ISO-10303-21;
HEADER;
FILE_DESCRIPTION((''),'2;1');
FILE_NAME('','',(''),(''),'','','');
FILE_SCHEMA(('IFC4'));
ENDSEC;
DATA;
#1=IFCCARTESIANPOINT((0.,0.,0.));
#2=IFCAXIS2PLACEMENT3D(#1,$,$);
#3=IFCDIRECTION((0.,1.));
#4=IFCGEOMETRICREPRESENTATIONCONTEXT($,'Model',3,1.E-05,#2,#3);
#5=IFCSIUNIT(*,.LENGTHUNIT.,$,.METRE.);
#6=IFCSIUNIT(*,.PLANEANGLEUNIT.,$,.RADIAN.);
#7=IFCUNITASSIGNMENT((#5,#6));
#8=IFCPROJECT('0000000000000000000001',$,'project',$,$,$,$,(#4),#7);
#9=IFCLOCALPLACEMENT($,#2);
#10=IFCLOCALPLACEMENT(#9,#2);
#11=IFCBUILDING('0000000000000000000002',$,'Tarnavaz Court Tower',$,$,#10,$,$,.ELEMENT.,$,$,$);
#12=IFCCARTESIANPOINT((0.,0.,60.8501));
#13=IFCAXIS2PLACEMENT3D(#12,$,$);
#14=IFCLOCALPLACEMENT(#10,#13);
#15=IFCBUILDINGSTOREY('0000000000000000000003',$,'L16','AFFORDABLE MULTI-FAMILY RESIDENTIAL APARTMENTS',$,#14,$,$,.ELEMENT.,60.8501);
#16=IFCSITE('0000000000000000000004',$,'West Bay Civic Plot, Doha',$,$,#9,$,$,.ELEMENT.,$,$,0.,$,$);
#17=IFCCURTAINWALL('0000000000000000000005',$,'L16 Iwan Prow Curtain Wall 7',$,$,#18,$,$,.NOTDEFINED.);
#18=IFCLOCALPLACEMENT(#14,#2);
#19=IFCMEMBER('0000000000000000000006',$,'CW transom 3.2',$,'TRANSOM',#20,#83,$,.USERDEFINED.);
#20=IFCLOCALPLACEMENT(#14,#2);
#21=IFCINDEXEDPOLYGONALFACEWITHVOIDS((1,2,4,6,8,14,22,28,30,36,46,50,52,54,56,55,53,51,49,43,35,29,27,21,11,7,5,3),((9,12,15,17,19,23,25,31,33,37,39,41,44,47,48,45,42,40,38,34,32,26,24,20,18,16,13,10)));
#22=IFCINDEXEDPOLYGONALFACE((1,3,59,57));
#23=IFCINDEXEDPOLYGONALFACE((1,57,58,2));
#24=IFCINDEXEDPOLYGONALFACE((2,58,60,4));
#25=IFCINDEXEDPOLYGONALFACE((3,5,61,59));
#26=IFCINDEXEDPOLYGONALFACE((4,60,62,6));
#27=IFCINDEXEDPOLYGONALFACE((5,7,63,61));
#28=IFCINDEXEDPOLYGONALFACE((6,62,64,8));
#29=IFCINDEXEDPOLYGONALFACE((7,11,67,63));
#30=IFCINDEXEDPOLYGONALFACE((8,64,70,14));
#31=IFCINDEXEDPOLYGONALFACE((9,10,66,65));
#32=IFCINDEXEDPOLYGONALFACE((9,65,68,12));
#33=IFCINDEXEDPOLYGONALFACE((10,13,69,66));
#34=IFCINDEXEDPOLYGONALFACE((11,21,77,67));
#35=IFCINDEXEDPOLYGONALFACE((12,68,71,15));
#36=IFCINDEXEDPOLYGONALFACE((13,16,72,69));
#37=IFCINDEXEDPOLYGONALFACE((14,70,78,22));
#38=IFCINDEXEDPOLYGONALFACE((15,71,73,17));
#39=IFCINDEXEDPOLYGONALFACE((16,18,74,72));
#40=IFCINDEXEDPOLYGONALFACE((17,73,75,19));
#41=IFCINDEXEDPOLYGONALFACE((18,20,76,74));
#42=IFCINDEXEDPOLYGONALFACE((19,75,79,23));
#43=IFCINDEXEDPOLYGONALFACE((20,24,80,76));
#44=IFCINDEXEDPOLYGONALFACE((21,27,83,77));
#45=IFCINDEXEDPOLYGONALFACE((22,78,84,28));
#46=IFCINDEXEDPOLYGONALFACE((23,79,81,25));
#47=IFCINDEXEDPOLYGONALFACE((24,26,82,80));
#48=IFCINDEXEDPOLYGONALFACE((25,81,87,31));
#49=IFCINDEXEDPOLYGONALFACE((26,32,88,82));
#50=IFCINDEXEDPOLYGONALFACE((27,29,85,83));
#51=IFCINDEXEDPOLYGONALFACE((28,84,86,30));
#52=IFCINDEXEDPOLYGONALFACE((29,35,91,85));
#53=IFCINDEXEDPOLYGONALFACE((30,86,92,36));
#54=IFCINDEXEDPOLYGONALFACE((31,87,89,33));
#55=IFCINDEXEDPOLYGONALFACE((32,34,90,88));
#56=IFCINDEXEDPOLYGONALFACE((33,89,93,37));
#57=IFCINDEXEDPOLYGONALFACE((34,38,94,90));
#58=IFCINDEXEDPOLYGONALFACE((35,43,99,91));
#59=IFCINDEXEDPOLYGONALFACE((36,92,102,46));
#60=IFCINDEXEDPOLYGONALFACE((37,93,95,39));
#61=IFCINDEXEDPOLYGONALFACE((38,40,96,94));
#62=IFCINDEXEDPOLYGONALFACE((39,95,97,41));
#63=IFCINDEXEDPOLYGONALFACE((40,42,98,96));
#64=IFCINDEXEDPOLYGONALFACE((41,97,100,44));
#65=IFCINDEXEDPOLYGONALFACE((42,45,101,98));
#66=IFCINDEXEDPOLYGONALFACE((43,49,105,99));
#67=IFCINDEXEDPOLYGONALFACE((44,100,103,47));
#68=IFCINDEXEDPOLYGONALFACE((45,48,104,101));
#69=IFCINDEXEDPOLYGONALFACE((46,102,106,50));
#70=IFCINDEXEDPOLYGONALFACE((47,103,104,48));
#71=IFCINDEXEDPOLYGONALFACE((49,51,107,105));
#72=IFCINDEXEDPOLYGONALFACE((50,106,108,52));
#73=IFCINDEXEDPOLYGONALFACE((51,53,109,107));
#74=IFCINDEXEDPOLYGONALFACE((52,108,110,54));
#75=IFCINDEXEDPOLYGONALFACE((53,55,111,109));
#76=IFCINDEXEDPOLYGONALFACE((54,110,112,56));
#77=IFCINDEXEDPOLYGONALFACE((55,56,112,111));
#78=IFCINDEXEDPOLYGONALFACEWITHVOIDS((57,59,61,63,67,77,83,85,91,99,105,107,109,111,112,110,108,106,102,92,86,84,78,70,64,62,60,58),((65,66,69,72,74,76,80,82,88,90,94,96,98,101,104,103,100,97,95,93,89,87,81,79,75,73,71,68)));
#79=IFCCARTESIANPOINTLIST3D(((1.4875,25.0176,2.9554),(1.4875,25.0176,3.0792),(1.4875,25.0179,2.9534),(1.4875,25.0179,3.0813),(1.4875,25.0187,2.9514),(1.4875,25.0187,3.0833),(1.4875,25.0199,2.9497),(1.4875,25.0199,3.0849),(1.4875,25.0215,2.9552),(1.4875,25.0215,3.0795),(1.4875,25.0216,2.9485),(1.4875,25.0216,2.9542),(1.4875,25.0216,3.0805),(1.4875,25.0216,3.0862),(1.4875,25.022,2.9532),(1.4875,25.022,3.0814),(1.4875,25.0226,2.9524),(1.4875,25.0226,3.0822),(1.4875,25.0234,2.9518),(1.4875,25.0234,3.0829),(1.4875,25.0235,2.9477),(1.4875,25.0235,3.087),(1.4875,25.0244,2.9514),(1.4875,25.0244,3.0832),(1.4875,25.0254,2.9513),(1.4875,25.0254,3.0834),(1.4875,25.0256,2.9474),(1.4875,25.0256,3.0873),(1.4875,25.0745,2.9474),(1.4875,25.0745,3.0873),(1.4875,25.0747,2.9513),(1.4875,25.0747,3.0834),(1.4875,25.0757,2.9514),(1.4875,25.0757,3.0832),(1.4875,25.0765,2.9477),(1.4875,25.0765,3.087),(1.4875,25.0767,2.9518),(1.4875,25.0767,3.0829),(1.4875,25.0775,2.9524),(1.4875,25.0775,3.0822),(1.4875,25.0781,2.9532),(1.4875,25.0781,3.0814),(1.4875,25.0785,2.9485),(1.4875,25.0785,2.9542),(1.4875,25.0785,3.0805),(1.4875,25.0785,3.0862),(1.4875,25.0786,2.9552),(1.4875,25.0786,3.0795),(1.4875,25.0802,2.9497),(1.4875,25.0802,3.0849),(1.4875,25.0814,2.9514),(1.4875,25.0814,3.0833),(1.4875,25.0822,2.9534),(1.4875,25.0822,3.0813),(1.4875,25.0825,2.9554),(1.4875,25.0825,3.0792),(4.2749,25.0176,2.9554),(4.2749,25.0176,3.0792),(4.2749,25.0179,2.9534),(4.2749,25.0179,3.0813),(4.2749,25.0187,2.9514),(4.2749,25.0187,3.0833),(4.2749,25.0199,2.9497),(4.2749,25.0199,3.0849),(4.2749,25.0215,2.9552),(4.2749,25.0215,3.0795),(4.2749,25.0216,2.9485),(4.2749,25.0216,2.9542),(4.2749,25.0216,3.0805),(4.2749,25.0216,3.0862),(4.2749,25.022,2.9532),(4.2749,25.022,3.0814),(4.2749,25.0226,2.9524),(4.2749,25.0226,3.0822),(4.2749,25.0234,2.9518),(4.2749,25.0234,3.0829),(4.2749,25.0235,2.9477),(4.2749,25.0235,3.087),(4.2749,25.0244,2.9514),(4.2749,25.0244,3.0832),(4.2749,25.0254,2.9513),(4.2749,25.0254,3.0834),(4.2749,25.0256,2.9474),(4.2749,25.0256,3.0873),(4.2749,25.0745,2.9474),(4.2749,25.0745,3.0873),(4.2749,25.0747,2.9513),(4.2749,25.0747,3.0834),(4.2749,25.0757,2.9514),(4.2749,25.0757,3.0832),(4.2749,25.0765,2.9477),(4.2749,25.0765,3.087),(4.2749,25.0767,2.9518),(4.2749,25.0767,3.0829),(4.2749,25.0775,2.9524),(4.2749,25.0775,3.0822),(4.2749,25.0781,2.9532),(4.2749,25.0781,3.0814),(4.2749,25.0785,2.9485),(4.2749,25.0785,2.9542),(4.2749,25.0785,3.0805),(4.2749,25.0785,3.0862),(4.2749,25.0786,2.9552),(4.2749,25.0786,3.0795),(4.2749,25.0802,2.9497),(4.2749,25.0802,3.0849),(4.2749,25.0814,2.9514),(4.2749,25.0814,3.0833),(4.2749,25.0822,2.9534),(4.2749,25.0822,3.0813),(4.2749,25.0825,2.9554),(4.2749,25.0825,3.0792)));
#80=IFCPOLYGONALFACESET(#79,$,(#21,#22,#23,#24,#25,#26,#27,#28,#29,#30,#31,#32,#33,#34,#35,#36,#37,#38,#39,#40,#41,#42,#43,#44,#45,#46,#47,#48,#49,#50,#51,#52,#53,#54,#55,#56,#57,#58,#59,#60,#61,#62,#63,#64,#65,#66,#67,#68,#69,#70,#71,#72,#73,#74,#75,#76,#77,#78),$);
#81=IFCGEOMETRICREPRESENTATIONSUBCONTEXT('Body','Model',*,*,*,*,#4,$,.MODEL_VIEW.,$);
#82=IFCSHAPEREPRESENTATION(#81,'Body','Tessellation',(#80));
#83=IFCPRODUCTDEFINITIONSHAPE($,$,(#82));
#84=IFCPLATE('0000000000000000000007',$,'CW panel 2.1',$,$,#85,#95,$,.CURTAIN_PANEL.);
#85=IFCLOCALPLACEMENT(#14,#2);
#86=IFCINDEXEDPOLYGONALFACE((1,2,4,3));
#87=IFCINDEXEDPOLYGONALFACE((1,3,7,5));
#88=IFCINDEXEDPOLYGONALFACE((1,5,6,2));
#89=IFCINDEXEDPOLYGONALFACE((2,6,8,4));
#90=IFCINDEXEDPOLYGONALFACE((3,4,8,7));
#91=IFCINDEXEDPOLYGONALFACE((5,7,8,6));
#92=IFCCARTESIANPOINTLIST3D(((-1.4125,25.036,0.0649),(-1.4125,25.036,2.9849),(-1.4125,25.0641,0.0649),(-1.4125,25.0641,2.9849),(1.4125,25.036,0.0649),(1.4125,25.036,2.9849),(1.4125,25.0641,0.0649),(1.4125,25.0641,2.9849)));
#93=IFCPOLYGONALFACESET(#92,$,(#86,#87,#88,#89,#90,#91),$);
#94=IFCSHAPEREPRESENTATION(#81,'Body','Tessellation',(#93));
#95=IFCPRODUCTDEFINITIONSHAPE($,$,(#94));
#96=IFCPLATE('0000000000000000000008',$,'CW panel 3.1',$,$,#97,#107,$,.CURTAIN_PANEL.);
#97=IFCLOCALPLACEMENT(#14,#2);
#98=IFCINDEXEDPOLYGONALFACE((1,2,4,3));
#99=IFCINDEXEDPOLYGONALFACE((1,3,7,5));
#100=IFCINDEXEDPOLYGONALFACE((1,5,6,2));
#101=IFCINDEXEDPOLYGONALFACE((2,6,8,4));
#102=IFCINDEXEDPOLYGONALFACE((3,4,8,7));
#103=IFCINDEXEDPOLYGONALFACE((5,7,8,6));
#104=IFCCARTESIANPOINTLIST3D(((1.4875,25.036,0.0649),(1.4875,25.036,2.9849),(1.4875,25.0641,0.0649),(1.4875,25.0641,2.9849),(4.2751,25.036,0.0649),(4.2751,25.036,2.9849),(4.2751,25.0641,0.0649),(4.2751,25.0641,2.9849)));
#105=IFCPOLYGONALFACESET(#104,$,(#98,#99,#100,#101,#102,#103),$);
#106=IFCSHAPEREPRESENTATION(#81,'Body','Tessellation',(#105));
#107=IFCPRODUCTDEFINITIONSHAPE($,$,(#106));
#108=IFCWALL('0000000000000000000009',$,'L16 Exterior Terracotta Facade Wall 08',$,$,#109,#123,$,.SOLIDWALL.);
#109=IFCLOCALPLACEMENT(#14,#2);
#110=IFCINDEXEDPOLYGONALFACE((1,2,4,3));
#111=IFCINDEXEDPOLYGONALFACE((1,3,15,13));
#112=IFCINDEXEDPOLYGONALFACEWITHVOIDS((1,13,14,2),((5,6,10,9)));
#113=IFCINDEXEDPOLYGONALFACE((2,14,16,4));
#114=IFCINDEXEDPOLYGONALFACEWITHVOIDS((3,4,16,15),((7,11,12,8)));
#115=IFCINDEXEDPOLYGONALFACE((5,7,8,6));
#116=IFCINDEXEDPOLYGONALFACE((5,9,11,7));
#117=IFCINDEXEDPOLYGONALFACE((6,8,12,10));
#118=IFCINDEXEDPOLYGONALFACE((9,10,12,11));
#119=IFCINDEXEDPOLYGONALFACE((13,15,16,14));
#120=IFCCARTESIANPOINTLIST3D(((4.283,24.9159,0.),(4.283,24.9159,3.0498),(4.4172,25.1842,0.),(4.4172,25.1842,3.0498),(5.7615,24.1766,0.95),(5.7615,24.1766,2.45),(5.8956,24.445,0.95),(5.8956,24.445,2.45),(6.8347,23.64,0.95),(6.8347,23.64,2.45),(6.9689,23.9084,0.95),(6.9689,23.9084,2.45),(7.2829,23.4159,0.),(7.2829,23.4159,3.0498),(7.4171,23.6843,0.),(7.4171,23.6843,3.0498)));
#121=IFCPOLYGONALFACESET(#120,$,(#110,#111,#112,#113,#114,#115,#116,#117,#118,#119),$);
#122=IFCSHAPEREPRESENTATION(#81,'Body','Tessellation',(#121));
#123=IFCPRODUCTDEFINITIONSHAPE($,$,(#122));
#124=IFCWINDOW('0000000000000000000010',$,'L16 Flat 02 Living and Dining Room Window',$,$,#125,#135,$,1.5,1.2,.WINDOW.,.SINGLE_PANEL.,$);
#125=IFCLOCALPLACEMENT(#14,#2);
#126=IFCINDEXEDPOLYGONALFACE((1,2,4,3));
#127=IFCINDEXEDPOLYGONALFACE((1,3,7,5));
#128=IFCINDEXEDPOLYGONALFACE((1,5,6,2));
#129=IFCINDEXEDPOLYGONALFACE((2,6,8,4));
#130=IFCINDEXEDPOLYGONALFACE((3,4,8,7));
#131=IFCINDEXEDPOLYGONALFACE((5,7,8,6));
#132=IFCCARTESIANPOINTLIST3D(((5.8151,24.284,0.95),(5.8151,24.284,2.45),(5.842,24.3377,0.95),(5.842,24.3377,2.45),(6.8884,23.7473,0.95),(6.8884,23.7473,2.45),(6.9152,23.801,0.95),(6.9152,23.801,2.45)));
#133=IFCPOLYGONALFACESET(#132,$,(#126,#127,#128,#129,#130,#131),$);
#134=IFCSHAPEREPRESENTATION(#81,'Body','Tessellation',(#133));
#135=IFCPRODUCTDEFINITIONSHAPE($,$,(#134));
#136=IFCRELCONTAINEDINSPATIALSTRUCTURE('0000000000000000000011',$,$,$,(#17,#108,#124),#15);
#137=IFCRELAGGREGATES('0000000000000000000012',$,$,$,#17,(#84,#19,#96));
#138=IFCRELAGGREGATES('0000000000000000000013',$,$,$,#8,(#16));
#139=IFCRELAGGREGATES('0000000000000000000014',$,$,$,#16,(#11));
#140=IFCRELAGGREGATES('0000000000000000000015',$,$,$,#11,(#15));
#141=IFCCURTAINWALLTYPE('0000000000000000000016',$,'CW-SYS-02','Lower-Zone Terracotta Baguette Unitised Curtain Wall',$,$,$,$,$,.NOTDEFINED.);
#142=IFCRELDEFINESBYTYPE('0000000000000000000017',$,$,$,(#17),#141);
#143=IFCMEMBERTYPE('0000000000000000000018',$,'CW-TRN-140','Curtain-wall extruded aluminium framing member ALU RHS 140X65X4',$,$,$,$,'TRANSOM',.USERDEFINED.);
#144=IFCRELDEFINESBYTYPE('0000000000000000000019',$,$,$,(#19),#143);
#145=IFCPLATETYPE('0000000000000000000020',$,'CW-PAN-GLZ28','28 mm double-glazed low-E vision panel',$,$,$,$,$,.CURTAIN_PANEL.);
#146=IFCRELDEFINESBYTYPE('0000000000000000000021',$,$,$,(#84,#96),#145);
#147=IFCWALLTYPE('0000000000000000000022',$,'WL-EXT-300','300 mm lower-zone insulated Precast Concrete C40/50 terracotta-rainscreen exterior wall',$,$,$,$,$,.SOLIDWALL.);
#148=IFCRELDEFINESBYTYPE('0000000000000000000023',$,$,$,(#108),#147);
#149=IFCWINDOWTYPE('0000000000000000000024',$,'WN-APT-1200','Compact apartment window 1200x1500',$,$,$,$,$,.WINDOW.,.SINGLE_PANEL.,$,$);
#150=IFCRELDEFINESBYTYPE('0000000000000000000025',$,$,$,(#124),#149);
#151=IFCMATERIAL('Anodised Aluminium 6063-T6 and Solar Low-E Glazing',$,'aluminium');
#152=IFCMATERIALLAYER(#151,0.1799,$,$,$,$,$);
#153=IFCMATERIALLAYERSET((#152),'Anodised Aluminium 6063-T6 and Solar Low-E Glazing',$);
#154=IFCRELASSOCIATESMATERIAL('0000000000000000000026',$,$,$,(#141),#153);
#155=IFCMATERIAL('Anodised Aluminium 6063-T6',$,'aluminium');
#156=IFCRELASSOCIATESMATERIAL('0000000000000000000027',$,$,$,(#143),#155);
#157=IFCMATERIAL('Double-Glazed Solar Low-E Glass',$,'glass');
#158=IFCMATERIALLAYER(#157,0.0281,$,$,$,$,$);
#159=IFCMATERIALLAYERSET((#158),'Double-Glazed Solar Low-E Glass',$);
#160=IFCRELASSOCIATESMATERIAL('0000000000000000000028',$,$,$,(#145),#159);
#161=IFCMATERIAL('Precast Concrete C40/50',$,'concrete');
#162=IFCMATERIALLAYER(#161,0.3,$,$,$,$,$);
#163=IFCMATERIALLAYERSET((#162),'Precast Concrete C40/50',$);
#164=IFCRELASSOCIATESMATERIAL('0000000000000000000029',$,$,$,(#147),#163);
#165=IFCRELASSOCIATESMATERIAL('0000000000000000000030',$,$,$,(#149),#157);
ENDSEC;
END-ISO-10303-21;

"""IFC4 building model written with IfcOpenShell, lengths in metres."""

from ifc_helpers import new_model, si_unit, direction, frame, frame_2d, origin, origin_2d, place, context, subcontext, project, spatial, rectangle, hollow_rectangle, extrude, material, layer, layer_set, material_profile, profile_set, type_object, element, fill, aggregate, save


model = new_model("IFC4")

# Units and contexts
model_context = context("Model", 3, precision=1e-05, world=origin(), true_north=direction((0.0, 1.0)))
body_context = subcontext(model_context, "Body", "Model", "MODEL_VIEW")
ifc_project = project(units=[si_unit("LENGTHUNIT", "METRE"), si_unit("PLANEANGLEUNIT", "RADIAN")], contexts=[model_context])

# Site, building, storey
site_placement = place(None, origin())
site = spatial("IfcSite", under=ifc_project, at=site_placement, Name="West Bay Civic Plot, Doha", CompositionType="ELEMENT", RefElevation=0.0)
building_placement = place(site_placement, origin())
building = spatial("IfcBuilding", under=site, at=building_placement, Name="Tarnavaz Court Tower", CompositionType="ELEMENT")
storey_placement = place(building_placement, frame((0.0, 0.0, 60.8501)))
storey = spatial("IfcBuildingStorey", under=building, at=storey_placement, Name="L16", Description="AFFORDABLE MULTI-FAMILY RESIDENTIAL APARTMENTS", CompositionType="ELEMENT", Elevation=60.8501)

# Curtain wall, member, plates
ifc_material_1 = material(Name="Anodised Aluminium 6063-T6 and Solar Low-E Glazing", Category="aluminium")
ifc_layer_1 = layer(ifc_material_1, 0.1799)
ifc_layer_set_1 = layer_set([ifc_layer_1], Name="Anodised Aluminium 6063-T6 and Solar Low-E Glazing")
curtain_wall_type = type_object("IfcCurtainWallType", Name="CW-SYS-02", Description="Lower-Zone Terracotta Baguette Unitised Curtain Wall", PredefinedType="NOTDEFINED", material=ifc_layer_set_1)
curtain_wall_placement = place(storey_placement, origin())
curtain_wall = element("IfcCurtainWall", 1, at=curtain_wall_placement, inside=storey, type_object=curtain_wall_type, Name="L16 Iwan Prow Curtain Wall 7", PredefinedType="NOTDEFINED")
ifc_material_2 = material(Name="Anodised Aluminium 6063-T6", Category="aluminium")
ifc_material_profile_1 = material_profile(ifc_material_2, hollow_rectangle(XDim=0.0649, YDim=0.1399, WallThickness=0.0039, InnerFilletRadius=0.0039, OuterFilletRadius=0.0081, at=origin_2d()), Name="ALU RHS 140X65X4")
ifc_profile_set_1 = profile_set([ifc_material_profile_1], Name="Anodised Aluminium 6063-T6")
member_type_1 = type_object("IfcMemberType", Name="CW-TRN-140", Description="Curtain-wall extruded aluminium framing member ALU RHS 140X65X4", ElementType="TRANSOM", PredefinedType="USERDEFINED", material=ifc_profile_set_1)
member_1_placement = place(storey_placement, frame((1.4875, 25.05, 3.0173), z_axis=(1.0, 0.0, 0.0), x_axis=(0.0, 1.0, 0.0)))
member_1 = element("IfcMember", 2, at=member_1_placement, type_object=member_type_1, Name="CW transom 3.2", ObjectType="TRANSOM", PredefinedType="USERDEFINED", context=body_context, shape_type="SweptSolid", body=[
    extrude(hollow_rectangle(XDim=0.0649, YDim=0.1399, WallThickness=0.0039, InnerFilletRadius=0.0039, OuterFilletRadius=0.0081, at=origin_2d()), origin(), (0.0, 0.0, 1.0), 2.7874),
])
ifc_material_3 = material(Name="Double-Glazed Solar Low-E Glass", Category="glass")
ifc_layer_2 = layer(ifc_material_3, 0.0281)
ifc_layer_set_2 = layer_set([ifc_layer_2], Name="Double-Glazed Solar Low-E Glass")
plate_type = type_object("IfcPlateType", Name="CW-PAN-GLZ28", Description="28 mm double-glazed low-E vision panel", PredefinedType="CURTAIN_PANEL", material=ifc_layer_set_2)
plate_1_placement = place(storey_placement, frame((0.0, 25.05, 0.0649), z_axis=(0.0, 0.0, 1.0), x_axis=(1.0, 0.0, 0.0)))
plate_1 = element("IfcPlate", 3, at=plate_1_placement, type_object=plate_type, Name="CW panel 2.1", PredefinedType="CURTAIN_PANEL", context=body_context, shape_type="SweptSolid", body=[
    extrude(rectangle(XDim=2.825, YDim=0.0281, at=origin_2d()), origin(), (0.0, 0.0, 1.0), 2.9199),
])
plate_2_placement = place(storey_placement, frame((2.8813, 25.05, 0.0649), z_axis=(0.0, 0.0, 1.0), x_axis=(1.0, 0.0, 0.0)))
plate_2 = element("IfcPlate", 4, at=plate_2_placement, type_object=plate_type, Name="CW panel 3.1", PredefinedType="CURTAIN_PANEL", context=body_context, shape_type="SweptSolid", body=[
    extrude(rectangle(XDim=2.7876, YDim=0.0281, at=origin_2d()), origin(), (0.0, 0.0, 1.0), 2.9199),
])
aggregate(curtain_wall, [plate_1, member_1, plate_2])

# Wall, opening, window
ifc_material_4 = material(Name="Precast Concrete C40/50", Category="concrete")
ifc_layer_3 = layer(ifc_material_4, 0.3)
ifc_layer_set_3 = layer_set([ifc_layer_3], Name="Precast Concrete C40/50")
wall_type_1 = type_object("IfcWallType", Name="WL-EXT-300", Description="300 mm lower-zone insulated Precast Concrete C40/50 terracotta-rainscreen exterior wall", PredefinedType="SOLIDWALL", material=ifc_layer_set_3)
wall_1_placement = place(storey_placement, frame((4.3501, 25.05, 0.0), z_axis=(0.0, 0.0, 1.0), x_axis=(0.894427, -0.447214, 0.0)))
wall_1 = element("IfcWall", 5, at=wall_1_placement, inside=storey, type_object=wall_type_1, Name="L16 Exterior Terracotta Facade Wall 08", PredefinedType="SOLIDWALL", context=body_context, shape_type="SweptSolid", body=[
    extrude(rectangle(XDim=3.354, YDim=0.3, at=frame_2d((1.677, 0.0))), origin(), (0.0, 0.0, 1.0), 3.0498),
])
opening_1_placement = place(wall_1_placement, frame((1.6528, 0.0, 0.95)))
opening_1 = element("IfcOpeningElement", 6, at=opening_1_placement, cuts=wall_1, PredefinedType="OPENING", context=body_context, shape_type="SweptSolid", body=[
    extrude(rectangle(XDim=1.2, YDim=1.5, at=frame_2d((0.6001, 0.75))), frame((0.0, 0.1599, 0.0), z_axis=(0.0, -1.0, 0.0), x_axis=(1.0, 0.0, 0.0)), (0.0, 0.0, 1.0), 0.3201),
])
window_type_1 = type_object("IfcWindowType", Name="WN-APT-1200", Description="Compact apartment window 1200x1500", PartitioningType="SINGLE_PANEL", PredefinedType="WINDOW", material=ifc_material_3)
window_1_placement = place(opening_1_placement, origin())
window_1 = element("IfcWindow", 7, at=window_1_placement, inside=storey, type_object=window_type_1, Name="L16 Flat 02 Living and Dining Room Window", OverallHeight=1.5, OverallWidth=1.2, PartitioningType="SINGLE_PANEL", PredefinedType="WINDOW", context=body_context, shape_type="SweptSolid", body=[
    extrude(rectangle(XDim=1.2, YDim=1.5, at=frame_2d((0.6001, 0.75))), frame((0.0, 0.03, 0.0), z_axis=(0.0, -1.0, 0.0), x_axis=(1.0, 0.0, 0.0)), (0.0, 0.0, 1.0), 0.0601),
])
fill(opening_1, window_1)

save(model, "model.ifc")
